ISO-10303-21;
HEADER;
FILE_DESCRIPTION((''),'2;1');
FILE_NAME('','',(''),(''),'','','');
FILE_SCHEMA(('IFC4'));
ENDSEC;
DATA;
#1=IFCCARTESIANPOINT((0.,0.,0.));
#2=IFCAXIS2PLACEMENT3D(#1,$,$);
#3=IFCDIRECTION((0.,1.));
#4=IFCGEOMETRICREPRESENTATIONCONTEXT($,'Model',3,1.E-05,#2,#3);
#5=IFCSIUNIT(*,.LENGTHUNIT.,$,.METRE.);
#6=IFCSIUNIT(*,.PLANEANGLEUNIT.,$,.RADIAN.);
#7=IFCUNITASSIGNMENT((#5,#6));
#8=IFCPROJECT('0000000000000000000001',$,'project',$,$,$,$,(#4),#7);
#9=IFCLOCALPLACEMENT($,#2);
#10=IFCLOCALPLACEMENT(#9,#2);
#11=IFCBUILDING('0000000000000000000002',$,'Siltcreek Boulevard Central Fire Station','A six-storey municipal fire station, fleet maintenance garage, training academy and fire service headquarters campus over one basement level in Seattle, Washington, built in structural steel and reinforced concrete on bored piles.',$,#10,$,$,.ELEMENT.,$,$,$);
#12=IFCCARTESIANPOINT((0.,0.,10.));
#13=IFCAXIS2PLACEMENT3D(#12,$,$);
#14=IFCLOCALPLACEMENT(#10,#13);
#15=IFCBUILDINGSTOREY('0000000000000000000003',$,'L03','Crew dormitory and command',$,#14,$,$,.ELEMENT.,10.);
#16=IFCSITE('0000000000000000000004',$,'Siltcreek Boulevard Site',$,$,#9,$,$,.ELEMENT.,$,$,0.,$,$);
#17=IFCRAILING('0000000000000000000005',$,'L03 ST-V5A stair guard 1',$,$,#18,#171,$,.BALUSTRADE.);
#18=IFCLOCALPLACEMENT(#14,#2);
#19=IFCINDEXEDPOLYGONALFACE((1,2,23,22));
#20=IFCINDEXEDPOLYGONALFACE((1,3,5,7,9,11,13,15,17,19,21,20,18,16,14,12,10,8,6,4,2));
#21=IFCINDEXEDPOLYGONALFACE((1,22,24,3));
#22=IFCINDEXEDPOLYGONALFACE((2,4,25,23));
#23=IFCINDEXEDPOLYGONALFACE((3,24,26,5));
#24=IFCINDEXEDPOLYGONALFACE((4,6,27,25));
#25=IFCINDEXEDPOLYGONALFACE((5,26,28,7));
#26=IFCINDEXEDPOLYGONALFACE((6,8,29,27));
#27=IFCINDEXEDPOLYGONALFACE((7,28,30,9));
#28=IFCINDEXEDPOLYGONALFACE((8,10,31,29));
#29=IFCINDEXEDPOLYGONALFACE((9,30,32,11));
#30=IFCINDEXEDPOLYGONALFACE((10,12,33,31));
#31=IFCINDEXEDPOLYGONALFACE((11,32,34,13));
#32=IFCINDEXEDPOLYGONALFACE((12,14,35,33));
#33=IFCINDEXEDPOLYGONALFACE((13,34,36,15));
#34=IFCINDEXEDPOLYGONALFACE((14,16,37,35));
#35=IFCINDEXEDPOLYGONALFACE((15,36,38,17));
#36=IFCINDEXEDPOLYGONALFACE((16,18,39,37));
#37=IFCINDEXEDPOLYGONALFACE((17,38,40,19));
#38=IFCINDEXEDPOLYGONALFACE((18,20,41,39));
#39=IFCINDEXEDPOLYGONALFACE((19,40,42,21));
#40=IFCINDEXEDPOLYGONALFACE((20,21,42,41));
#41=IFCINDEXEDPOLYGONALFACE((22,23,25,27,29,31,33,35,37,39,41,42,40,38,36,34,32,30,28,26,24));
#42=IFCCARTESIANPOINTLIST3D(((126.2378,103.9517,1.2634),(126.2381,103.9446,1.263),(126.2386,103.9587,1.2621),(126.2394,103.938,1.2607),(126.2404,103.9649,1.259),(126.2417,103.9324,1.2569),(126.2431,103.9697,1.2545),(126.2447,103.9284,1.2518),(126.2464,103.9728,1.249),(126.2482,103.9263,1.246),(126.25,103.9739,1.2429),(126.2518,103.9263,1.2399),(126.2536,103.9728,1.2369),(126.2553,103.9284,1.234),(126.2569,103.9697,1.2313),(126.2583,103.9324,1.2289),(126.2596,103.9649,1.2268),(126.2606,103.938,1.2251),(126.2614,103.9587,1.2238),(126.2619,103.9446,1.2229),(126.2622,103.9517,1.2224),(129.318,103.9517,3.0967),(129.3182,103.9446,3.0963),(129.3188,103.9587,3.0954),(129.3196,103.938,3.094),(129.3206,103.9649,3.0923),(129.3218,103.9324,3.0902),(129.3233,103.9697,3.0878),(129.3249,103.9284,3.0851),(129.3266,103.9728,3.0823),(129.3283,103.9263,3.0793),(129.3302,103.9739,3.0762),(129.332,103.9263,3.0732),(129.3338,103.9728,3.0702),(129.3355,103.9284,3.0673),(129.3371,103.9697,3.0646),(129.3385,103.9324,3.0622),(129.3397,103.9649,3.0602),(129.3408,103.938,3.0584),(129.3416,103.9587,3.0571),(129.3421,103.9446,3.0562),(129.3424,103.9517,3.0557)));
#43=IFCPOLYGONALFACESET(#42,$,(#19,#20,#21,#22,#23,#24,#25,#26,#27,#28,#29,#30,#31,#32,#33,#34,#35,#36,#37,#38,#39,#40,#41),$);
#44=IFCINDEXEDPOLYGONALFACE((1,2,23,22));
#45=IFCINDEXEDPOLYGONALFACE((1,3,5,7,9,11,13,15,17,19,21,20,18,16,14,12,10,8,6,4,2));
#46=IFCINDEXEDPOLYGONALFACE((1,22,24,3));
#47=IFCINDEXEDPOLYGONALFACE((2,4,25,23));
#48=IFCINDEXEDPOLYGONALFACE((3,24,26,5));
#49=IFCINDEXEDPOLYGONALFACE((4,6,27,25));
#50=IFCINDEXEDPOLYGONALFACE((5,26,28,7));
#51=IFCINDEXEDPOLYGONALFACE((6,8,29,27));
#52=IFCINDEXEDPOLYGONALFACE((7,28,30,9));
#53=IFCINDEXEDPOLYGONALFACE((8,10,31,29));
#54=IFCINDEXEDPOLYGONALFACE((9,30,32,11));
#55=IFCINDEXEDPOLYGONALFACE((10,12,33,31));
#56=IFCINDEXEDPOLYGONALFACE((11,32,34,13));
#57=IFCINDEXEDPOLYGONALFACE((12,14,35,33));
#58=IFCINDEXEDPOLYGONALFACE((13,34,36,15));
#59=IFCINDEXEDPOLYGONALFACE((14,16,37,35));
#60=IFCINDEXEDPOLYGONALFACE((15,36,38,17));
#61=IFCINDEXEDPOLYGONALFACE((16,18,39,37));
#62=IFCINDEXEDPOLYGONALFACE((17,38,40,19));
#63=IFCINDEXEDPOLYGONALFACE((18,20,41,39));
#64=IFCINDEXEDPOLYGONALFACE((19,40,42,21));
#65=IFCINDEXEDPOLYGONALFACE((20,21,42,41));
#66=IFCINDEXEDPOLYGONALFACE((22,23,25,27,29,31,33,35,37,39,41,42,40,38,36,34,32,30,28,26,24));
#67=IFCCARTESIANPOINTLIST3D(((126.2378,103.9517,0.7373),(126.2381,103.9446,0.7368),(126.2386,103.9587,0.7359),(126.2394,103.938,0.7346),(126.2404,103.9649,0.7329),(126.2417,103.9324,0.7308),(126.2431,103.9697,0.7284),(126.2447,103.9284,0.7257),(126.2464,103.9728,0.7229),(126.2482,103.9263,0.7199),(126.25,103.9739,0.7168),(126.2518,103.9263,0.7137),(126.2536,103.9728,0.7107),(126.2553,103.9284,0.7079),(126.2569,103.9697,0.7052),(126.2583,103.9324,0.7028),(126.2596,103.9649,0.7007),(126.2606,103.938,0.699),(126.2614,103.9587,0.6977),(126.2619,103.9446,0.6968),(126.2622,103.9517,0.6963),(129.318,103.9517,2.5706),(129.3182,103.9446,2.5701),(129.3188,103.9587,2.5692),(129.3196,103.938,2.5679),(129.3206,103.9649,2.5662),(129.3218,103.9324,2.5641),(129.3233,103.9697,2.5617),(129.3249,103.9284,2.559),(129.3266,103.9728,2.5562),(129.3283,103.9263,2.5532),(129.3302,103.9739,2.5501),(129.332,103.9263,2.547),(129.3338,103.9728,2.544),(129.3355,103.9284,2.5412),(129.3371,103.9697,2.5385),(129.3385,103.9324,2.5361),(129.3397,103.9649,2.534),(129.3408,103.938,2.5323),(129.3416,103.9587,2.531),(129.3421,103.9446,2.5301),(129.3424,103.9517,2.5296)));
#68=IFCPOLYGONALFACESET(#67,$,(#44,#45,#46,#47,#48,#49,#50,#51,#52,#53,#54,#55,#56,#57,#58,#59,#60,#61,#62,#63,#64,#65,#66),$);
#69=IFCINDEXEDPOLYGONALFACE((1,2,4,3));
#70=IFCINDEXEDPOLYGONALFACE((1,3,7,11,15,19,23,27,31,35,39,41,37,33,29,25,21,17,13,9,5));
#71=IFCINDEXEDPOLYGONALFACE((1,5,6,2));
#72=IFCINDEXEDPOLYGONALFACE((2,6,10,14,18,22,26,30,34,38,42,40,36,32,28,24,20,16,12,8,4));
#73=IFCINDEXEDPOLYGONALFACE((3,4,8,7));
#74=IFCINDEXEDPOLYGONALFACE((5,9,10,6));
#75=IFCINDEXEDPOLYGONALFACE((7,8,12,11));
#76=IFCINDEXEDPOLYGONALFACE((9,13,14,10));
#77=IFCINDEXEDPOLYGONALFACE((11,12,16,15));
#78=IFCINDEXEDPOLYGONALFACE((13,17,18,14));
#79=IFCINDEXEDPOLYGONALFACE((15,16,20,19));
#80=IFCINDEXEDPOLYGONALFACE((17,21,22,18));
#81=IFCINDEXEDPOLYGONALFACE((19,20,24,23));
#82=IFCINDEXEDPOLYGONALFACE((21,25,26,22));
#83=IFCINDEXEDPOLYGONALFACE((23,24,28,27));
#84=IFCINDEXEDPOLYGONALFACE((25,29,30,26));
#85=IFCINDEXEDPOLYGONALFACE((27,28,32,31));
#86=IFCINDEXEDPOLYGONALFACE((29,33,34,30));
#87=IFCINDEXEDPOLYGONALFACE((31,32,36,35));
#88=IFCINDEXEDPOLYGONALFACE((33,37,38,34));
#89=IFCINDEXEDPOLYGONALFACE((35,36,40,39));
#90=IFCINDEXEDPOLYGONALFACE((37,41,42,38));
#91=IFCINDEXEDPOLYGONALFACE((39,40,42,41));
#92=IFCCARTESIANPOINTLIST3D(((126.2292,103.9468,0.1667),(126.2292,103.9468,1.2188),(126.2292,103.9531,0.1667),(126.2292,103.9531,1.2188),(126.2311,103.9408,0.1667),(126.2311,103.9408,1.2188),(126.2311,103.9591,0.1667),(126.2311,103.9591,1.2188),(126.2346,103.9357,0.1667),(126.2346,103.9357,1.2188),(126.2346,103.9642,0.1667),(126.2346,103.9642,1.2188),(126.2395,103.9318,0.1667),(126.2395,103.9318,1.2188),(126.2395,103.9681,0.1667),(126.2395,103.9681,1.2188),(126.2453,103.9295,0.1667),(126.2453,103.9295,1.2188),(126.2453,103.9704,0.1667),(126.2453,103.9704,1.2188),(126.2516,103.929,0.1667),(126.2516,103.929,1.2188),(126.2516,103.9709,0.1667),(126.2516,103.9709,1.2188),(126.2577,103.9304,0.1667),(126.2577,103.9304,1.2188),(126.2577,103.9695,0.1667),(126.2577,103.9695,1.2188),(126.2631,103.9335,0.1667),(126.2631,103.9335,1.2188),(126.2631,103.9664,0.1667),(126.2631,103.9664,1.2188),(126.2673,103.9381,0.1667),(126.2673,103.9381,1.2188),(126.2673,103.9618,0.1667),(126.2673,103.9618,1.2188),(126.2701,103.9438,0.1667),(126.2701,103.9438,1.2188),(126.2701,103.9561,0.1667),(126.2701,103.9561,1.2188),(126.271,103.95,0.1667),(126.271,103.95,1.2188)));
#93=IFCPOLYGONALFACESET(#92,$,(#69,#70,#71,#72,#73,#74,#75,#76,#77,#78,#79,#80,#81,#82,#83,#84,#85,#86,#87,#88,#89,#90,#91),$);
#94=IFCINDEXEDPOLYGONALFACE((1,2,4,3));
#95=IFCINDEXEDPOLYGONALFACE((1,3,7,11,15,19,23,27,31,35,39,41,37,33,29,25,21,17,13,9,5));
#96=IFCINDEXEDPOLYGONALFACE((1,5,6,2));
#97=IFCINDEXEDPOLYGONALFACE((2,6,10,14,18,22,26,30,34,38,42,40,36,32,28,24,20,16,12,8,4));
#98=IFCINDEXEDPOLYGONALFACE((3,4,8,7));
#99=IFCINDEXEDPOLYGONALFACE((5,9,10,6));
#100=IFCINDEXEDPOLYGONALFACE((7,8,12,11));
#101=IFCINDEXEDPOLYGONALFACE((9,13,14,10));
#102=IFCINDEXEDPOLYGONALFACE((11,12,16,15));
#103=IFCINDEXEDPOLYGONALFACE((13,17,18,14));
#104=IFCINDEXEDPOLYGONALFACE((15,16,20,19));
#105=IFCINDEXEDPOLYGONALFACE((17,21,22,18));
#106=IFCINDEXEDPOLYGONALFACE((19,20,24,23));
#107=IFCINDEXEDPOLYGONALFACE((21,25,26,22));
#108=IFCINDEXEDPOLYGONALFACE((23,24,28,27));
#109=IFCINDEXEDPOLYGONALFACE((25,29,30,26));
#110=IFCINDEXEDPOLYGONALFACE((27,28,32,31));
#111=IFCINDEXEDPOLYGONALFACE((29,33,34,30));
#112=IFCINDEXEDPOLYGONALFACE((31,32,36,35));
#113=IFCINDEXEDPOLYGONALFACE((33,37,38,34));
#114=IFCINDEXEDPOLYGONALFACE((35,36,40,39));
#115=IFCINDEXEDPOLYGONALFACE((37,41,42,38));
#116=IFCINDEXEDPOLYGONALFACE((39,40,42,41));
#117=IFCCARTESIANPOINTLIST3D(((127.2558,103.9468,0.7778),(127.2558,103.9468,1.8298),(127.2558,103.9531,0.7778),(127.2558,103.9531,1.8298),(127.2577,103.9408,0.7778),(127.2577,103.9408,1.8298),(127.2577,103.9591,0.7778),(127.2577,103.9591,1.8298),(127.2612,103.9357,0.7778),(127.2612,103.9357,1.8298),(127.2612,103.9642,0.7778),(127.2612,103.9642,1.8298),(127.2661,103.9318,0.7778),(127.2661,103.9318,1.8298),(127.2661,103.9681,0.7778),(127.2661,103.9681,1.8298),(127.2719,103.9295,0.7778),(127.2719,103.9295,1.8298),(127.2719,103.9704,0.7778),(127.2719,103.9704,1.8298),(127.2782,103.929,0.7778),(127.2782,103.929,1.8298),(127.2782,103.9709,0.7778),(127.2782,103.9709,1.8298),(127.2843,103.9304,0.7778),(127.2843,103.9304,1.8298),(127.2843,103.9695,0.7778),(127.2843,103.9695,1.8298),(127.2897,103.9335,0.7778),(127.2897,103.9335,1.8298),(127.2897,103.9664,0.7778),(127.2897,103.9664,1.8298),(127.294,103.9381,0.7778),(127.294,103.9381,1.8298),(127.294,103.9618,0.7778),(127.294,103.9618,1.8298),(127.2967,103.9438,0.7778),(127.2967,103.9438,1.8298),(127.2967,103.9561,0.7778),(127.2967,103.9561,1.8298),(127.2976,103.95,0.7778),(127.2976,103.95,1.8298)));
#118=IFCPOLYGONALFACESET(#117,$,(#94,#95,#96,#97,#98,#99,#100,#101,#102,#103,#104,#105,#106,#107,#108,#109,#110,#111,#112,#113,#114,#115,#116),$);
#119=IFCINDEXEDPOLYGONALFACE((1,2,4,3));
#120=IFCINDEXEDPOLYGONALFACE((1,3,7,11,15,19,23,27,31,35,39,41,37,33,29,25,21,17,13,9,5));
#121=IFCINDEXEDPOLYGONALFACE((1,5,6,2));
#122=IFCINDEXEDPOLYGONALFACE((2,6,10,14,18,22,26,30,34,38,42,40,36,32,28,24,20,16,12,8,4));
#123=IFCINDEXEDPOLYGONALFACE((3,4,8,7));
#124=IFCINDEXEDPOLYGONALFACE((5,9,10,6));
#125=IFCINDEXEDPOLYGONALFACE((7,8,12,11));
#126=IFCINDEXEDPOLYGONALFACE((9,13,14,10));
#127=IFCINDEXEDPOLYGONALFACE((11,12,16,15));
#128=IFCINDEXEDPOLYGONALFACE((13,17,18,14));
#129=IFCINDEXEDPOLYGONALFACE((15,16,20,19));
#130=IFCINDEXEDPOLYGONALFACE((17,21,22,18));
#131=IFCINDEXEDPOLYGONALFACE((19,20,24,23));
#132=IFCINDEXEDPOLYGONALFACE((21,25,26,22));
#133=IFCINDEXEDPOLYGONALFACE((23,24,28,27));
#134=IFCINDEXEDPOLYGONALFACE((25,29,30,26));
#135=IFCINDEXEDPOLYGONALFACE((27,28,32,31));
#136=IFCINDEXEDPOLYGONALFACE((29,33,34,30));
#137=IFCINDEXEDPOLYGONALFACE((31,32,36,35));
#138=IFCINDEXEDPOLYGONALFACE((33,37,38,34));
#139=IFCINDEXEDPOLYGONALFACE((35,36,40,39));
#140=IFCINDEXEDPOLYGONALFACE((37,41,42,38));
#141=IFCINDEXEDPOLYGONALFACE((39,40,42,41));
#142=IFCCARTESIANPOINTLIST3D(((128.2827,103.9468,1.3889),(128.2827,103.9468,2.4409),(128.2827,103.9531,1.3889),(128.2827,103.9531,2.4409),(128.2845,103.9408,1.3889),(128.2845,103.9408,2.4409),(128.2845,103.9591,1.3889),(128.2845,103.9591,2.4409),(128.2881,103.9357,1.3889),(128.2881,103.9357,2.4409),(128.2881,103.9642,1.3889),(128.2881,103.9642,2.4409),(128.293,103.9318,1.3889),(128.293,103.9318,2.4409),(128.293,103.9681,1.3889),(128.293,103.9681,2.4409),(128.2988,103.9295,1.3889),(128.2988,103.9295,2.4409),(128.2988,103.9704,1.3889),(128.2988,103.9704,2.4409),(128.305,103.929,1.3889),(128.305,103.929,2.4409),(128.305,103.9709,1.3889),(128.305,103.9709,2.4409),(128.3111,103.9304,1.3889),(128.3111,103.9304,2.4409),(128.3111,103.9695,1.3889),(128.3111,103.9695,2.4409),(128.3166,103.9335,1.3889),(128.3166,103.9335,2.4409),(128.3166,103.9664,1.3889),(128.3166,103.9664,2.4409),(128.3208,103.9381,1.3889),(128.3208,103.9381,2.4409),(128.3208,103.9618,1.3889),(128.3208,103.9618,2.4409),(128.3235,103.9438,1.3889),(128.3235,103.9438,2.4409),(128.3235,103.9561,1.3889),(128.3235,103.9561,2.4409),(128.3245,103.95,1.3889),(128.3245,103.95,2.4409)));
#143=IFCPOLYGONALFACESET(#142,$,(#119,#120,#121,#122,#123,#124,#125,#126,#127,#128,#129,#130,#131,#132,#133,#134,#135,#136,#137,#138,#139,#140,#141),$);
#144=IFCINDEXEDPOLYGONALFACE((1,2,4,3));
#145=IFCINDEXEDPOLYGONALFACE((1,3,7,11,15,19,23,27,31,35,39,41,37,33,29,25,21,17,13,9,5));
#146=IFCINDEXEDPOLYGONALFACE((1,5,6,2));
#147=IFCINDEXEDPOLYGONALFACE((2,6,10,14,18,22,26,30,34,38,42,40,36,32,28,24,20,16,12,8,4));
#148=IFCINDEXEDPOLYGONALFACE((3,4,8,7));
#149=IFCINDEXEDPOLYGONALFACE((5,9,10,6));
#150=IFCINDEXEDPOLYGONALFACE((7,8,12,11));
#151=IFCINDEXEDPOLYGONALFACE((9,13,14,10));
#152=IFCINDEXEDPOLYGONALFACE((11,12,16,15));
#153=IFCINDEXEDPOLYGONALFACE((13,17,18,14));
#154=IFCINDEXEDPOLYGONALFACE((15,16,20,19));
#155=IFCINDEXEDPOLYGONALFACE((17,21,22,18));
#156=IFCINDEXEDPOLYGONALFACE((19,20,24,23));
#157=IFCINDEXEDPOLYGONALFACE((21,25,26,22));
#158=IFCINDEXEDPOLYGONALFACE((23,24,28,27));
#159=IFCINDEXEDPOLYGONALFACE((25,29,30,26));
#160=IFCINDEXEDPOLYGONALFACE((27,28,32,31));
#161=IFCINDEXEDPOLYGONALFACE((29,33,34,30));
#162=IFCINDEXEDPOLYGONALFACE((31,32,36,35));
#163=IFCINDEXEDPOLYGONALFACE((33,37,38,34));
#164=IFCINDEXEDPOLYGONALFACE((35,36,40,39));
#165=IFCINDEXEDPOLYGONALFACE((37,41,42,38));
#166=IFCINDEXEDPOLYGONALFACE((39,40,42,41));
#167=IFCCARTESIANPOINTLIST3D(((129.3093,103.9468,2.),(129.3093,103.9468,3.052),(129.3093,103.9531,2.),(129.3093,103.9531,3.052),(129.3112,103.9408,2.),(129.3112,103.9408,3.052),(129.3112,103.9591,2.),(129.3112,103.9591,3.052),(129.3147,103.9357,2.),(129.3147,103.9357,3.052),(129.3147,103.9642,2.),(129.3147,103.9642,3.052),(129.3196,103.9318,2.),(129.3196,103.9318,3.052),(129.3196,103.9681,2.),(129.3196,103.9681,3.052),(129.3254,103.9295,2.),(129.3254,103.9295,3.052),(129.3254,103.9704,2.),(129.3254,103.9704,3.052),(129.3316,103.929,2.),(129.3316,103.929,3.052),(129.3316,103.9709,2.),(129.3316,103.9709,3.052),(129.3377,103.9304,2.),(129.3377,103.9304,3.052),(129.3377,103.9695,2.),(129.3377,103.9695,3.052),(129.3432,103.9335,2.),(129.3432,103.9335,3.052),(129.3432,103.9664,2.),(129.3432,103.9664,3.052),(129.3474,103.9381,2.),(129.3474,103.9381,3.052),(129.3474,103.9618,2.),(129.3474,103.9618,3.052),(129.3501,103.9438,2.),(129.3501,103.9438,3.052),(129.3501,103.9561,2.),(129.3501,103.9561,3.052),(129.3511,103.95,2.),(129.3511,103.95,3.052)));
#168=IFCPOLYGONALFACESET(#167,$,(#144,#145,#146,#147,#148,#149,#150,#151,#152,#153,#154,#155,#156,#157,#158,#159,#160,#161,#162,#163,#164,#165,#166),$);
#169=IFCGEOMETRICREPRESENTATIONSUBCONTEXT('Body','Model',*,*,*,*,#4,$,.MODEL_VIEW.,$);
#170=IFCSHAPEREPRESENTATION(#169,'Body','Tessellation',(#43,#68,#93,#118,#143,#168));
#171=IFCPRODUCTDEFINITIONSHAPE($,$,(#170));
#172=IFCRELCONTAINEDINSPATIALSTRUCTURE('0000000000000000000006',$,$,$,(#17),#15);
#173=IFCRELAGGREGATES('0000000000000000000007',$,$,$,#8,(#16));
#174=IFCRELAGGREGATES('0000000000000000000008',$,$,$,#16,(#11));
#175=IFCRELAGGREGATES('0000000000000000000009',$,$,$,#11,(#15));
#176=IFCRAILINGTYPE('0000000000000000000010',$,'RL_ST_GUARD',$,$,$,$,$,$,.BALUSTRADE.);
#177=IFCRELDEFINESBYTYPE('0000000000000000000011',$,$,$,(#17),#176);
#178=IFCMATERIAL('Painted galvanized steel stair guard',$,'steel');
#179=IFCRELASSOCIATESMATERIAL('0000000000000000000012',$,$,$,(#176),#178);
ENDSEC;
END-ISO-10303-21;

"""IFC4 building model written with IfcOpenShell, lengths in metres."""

from ifc_helpers import new_model, si_unit, direction, frame, origin, origin_2d, place, context, subcontext, project, spatial, circle, extrude, material, type_object, element, save


model = new_model("IFC4")

# Units and contexts
model_context = context("Model", 3, precision=1e-05, world=origin(), true_north=direction((0.0, 1.0)))
body_context = subcontext(model_context, "Body", "Model", "MODEL_VIEW")
ifc_project = project(units=[si_unit("LENGTHUNIT", "METRE"), si_unit("PLANEANGLEUNIT", "RADIAN")], contexts=[model_context])

# Site, building, storey
site_placement = place(None, origin())
site = spatial("IfcSite", under=ifc_project, at=site_placement, Name="Siltcreek Boulevard Site", CompositionType="ELEMENT", RefElevation=0.0)
building_placement = place(site_placement, origin())
building = spatial("IfcBuilding", under=site, at=building_placement, Name="Siltcreek Boulevard Central Fire Station", Description="A six-storey municipal fire station, fleet maintenance garage, training academy and fire service headquarters campus over one basement level in Seattle, Washington, built in structural steel and reinforced concrete on bored piles.", CompositionType="ELEMENT")
storey_placement = place(building_placement, frame((0.0, 0.0, 10.0)))
storey = spatial("IfcBuildingStorey", under=building, at=storey_placement, Name="L03", Description="Crew dormitory and command", CompositionType="ELEMENT", Elevation=10.0)

# Railing
ifc_material_1 = material(Name="Painted galvanized steel stair guard", Category="steel")
railing_type_1 = type_object("IfcRailingType", Name="RL_ST_GUARD", PredefinedType="BALUSTRADE", material=ifc_material_1)
railing_1_placement = place(storey_placement, frame((126.25, 103.95, 0.1667)))
element("IfcRailing", 1, at=railing_1_placement, inside=storey, type_object=railing_type_1, Name="L03 ST-V5A stair guard 1", PredefinedType="BALUSTRADE", context=body_context, shape_type="SweptSolid", body=[
    extrude(circle(Radius=0.0239, at=origin_2d()), frame((0.0, 0.0, 1.0762), z_axis=(0.859309, 0.0, 0.511458), x_axis=(0.0, 1.0, 0.0)), (0.0, 0.0, 1.0), 3.5845),
    extrude(circle(Radius=0.0239, at=origin_2d()), frame((0.0, 0.0, 0.55), z_axis=(0.859309, 0.0, 0.511458), x_axis=(0.0, 1.0, 0.0)), (0.0, 0.0, 1.0), 3.5845),
    extrude(circle(Radius=0.021, at=origin_2d()), origin(), (0.0, 0.0, 1.0), 1.052),
    extrude(circle(Radius=0.021, at=origin_2d()), frame((1.0266, 0.0, 0.6111)), (0.0, 0.0, 1.0), 1.052),
    extrude(circle(Radius=0.021, at=origin_2d()), frame((2.0535, 0.0, 1.2222)), (0.0, 0.0, 1.0), 1.052),
    extrude(circle(Radius=0.021, at=origin_2d()), frame((3.0801, 0.0, 1.8333)), (0.0, 0.0, 1.0), 1.052),
])

save(model, "model.ifc")
